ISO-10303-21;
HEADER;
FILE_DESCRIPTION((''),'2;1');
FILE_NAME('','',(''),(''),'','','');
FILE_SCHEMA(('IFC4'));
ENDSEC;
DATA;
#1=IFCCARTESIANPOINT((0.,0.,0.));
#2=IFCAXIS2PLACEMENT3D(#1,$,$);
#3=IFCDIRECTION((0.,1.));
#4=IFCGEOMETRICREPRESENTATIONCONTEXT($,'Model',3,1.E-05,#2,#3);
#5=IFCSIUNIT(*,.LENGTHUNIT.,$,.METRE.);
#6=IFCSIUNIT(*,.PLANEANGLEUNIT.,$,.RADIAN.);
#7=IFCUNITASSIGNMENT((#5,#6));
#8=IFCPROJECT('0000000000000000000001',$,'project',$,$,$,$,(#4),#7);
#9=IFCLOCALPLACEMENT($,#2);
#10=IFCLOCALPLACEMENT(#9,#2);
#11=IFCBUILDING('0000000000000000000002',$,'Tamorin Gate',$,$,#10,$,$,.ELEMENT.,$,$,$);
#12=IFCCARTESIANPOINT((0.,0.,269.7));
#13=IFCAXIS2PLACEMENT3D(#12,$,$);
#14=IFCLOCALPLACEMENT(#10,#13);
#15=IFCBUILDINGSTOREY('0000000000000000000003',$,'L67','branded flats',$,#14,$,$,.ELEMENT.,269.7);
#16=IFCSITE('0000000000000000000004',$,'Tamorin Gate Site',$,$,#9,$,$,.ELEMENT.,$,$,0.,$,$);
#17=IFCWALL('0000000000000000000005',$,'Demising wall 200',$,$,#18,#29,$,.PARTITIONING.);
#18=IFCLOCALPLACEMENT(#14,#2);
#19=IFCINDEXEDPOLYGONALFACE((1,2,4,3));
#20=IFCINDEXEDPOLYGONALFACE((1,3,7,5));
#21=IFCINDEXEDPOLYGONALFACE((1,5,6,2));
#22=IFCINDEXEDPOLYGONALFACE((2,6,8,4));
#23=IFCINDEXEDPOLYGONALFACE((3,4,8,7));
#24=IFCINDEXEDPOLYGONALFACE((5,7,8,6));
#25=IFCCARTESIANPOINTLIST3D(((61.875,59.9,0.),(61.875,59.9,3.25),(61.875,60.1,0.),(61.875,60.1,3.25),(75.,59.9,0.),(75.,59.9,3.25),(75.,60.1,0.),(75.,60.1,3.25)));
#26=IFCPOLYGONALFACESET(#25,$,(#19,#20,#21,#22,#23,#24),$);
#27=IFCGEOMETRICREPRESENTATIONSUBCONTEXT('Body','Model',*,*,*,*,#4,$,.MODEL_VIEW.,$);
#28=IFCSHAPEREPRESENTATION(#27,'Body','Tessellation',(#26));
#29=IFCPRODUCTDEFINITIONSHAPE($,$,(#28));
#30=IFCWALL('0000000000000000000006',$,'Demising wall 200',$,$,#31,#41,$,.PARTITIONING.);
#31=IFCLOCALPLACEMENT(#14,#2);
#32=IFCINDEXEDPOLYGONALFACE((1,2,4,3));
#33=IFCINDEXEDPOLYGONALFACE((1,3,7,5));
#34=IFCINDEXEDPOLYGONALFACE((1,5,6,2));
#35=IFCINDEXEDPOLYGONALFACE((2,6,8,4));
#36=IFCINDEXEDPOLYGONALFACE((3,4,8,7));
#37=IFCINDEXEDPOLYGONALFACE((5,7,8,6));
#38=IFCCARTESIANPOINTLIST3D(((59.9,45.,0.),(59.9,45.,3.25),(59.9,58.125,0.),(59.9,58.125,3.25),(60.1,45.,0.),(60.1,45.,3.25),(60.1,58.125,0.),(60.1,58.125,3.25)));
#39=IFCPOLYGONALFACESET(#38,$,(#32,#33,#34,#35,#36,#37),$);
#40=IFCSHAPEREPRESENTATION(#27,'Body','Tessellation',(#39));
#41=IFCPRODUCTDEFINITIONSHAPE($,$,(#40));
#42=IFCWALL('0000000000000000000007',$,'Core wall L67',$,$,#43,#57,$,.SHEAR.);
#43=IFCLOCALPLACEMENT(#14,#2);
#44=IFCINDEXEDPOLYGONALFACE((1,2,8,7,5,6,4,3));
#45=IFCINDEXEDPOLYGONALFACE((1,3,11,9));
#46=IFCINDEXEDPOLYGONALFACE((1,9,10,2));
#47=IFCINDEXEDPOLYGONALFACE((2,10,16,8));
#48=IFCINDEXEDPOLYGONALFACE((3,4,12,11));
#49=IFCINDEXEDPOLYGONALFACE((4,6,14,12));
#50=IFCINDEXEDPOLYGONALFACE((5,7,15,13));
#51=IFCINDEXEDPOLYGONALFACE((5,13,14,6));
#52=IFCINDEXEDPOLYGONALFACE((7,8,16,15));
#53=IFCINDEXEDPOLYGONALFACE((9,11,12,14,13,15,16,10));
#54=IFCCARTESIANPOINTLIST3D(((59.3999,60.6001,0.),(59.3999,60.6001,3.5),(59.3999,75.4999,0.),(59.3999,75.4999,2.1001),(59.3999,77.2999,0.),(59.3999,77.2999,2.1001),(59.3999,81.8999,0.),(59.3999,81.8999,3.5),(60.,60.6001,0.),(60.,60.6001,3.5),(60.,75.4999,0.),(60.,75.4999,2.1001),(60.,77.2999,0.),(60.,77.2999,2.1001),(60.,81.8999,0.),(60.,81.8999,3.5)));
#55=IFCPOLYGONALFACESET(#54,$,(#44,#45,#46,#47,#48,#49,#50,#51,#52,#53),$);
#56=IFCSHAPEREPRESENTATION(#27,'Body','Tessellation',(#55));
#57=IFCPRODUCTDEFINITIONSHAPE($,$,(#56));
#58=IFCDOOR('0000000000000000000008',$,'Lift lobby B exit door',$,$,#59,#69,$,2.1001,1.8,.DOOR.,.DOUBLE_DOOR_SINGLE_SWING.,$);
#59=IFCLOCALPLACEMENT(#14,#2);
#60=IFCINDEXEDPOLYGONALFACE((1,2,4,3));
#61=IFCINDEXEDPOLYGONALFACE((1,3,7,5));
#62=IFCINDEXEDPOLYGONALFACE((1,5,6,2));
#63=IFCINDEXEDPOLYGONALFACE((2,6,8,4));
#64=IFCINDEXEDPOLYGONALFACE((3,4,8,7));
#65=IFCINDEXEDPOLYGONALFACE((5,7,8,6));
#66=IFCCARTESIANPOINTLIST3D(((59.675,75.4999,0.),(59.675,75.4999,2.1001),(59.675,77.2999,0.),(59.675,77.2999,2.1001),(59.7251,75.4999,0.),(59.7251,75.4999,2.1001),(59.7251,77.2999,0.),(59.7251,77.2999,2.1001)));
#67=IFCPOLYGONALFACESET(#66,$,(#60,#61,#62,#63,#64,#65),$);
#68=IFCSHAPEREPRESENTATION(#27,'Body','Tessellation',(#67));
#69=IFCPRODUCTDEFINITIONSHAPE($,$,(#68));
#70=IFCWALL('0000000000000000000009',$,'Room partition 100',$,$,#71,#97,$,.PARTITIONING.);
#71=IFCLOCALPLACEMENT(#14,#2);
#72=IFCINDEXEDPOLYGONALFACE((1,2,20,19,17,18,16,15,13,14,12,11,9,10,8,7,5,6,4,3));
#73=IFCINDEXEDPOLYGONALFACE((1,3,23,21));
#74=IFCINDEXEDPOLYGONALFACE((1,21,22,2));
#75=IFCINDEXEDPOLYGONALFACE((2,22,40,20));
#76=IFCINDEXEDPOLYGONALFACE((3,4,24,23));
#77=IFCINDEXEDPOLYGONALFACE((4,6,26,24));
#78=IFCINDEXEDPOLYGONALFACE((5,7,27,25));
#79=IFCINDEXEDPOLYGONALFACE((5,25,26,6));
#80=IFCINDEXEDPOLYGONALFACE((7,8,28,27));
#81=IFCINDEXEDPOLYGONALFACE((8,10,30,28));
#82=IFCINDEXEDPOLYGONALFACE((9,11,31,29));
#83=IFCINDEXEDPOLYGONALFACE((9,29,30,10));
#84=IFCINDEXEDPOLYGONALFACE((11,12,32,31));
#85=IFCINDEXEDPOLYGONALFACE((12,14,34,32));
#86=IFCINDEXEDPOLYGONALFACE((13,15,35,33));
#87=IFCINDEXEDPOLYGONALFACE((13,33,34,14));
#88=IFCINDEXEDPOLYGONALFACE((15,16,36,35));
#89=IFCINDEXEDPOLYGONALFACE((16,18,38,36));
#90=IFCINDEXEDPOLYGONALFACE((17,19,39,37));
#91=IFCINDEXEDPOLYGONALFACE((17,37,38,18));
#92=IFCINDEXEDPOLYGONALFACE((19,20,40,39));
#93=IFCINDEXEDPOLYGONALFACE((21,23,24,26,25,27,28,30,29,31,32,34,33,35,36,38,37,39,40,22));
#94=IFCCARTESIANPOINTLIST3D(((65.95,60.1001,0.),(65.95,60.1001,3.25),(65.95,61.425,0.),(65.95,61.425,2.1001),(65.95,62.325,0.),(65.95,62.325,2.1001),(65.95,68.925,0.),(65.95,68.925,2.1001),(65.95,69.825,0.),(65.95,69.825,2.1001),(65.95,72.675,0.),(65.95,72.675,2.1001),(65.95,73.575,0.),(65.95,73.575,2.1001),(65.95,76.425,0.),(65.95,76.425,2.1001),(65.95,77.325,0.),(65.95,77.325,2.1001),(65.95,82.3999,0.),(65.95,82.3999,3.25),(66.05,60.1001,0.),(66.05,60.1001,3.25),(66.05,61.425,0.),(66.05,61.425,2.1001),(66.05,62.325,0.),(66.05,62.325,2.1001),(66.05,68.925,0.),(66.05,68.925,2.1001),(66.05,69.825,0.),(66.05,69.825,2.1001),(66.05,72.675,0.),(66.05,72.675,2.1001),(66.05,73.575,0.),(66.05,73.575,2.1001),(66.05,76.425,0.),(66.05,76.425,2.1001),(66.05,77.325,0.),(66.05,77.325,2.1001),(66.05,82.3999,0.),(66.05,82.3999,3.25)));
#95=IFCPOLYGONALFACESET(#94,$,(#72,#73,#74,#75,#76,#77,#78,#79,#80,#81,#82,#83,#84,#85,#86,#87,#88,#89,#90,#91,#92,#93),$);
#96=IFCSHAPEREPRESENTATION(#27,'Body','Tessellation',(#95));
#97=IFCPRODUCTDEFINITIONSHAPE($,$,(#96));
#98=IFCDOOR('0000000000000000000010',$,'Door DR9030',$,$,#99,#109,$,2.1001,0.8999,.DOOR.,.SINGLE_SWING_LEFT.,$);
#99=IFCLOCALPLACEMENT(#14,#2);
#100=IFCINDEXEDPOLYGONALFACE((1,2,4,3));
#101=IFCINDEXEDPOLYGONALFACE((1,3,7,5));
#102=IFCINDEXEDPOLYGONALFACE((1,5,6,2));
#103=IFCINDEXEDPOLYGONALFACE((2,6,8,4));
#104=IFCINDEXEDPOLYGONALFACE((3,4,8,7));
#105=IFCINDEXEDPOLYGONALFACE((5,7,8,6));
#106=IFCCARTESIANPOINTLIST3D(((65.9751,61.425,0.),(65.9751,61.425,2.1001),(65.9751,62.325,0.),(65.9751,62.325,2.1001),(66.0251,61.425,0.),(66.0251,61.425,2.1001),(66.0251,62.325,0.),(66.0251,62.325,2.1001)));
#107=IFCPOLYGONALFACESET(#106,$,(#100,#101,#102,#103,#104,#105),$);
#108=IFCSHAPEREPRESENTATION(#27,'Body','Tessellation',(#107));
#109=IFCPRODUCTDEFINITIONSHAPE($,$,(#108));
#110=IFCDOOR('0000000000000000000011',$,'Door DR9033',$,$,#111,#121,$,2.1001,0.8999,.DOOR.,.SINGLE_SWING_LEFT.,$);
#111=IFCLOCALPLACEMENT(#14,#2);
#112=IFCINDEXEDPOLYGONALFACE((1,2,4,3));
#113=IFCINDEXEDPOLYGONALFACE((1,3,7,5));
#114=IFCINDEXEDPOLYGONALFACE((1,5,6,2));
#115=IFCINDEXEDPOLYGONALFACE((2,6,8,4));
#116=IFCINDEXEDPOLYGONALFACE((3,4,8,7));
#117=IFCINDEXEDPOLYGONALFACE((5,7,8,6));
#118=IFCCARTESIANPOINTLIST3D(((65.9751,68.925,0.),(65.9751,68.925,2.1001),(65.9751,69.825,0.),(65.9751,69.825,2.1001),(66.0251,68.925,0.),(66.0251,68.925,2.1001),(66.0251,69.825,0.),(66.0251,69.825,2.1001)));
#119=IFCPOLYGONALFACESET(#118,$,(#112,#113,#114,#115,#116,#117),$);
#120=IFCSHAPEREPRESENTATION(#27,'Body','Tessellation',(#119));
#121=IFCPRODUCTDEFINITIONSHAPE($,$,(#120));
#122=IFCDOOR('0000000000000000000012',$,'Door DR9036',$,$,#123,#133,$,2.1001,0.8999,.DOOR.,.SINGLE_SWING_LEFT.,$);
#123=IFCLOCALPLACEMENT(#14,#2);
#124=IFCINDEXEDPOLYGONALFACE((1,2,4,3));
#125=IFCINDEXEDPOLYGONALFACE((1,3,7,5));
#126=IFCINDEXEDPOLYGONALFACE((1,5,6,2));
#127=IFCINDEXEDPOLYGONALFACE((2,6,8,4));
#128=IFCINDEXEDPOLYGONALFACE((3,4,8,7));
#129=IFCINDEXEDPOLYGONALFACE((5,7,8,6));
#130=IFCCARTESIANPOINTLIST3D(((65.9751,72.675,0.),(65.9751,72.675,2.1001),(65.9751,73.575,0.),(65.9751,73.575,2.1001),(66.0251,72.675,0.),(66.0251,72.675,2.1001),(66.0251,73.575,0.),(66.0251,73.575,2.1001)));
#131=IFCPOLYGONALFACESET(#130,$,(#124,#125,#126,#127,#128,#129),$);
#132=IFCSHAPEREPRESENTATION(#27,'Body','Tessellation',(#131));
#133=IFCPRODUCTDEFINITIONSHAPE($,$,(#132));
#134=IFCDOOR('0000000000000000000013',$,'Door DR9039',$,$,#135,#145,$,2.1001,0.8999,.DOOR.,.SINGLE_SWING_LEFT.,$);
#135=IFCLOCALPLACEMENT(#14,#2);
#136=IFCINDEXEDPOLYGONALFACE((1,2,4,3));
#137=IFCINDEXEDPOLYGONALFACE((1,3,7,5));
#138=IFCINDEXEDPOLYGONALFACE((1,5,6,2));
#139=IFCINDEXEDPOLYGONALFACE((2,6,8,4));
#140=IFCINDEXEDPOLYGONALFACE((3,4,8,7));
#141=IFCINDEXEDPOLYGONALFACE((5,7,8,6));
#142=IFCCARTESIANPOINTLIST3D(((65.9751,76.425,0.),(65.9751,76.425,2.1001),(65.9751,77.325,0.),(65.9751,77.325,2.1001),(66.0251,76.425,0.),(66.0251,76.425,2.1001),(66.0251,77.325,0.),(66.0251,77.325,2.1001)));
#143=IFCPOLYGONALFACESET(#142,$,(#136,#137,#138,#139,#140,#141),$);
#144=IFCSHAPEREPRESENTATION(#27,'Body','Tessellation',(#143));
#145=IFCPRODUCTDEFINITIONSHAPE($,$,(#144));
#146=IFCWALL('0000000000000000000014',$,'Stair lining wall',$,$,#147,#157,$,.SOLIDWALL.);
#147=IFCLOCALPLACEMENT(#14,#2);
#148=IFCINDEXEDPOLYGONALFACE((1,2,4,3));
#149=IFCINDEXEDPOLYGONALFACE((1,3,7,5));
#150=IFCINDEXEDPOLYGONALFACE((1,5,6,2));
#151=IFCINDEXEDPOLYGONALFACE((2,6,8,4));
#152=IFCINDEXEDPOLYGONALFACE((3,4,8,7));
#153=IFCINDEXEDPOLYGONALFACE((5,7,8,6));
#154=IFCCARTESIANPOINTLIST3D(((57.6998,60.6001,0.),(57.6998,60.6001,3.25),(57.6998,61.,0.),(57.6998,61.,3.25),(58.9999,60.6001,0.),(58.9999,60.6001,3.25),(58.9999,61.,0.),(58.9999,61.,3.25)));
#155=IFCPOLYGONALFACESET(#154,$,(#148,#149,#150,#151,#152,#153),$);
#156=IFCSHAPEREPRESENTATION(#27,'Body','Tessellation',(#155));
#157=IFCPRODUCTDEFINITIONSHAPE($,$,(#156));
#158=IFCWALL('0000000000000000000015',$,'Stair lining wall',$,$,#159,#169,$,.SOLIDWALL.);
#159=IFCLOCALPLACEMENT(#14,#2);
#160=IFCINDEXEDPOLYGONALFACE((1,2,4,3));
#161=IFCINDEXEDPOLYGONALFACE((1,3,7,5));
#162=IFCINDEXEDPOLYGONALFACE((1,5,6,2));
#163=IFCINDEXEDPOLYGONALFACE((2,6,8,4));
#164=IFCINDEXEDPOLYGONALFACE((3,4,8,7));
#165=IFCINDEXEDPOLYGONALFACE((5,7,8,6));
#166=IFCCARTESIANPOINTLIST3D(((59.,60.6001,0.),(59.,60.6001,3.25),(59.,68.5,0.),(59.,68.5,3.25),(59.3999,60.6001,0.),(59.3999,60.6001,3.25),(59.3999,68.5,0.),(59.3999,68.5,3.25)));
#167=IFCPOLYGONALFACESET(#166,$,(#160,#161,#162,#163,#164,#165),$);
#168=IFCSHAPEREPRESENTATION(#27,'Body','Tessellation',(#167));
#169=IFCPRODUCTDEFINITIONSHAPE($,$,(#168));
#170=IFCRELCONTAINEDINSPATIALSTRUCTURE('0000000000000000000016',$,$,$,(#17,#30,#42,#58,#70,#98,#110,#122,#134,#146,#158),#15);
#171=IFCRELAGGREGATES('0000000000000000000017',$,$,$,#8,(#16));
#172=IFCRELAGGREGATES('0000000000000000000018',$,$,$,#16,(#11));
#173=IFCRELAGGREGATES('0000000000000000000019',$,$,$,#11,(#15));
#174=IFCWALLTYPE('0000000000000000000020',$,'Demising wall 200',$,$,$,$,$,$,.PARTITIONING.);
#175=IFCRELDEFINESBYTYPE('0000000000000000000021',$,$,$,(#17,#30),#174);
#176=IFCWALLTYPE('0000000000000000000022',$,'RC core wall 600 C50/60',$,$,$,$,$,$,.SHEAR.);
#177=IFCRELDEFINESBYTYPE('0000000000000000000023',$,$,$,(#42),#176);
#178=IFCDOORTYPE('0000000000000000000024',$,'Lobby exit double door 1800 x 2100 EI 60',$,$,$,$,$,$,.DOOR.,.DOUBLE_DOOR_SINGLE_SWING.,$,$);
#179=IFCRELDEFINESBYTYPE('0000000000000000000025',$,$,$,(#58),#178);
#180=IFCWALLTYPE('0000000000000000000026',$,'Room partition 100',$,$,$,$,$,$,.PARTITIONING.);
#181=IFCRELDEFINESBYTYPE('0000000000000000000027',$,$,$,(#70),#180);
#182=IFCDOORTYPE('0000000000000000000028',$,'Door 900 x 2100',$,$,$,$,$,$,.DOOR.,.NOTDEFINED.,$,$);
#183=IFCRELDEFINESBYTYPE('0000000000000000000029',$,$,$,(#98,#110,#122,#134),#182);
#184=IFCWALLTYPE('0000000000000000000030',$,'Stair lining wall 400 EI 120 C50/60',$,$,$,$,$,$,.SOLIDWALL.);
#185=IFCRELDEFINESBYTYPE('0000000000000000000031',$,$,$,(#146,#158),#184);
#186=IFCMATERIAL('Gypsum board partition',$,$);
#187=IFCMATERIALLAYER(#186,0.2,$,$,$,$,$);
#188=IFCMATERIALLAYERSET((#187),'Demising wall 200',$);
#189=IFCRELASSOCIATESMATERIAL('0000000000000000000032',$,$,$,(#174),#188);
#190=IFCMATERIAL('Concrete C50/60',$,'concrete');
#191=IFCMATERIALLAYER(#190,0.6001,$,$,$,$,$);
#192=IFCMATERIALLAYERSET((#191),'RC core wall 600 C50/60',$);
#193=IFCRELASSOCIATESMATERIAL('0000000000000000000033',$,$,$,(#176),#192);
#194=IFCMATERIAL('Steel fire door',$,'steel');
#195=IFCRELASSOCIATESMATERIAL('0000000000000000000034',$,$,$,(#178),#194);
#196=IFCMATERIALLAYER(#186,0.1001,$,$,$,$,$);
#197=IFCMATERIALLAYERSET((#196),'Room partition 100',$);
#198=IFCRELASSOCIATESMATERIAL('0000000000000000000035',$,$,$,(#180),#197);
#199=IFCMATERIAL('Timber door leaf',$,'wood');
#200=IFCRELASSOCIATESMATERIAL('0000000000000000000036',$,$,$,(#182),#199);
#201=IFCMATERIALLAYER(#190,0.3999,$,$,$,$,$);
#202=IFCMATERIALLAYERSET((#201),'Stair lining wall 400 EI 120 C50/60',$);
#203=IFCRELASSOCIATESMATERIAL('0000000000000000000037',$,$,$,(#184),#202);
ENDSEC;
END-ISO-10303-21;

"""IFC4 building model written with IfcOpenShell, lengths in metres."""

from ifc_helpers import new_model, si_unit, direction, frame, frame_2d, origin, place, context, subcontext, project, spatial, rectangle, extrude, material, layer, layer_set, type_object, element, fill, save


model = new_model("IFC4")

# Units and contexts
model_context = context("Model", 3, precision=1e-05, world=origin(), true_north=direction((0.0, 1.0)))
body_context = subcontext(model_context, "Body", "Model", "MODEL_VIEW")
ifc_project = project(units=[si_unit("LENGTHUNIT", "METRE"), si_unit("PLANEANGLEUNIT", "RADIAN")], contexts=[model_context])

# Site, building, storey
site_placement = place(None, origin())
site = spatial("IfcSite", under=ifc_project, at=site_placement, Name="Tamorin Gate Site", CompositionType="ELEMENT", RefElevation=0.0)
building_placement = place(site_placement, origin())
building = spatial("IfcBuilding", under=site, at=building_placement, Name="Tamorin Gate", CompositionType="ELEMENT")
storey_placement = place(building_placement, frame((0.0, 0.0, 269.7)))
storey = spatial("IfcBuildingStorey", under=building, at=storey_placement, Name="L67", Description="branded flats", CompositionType="ELEMENT", Elevation=269.7)

# Shared definitions
ifc_material_1 = material(Name="Concrete C50/60", Category="concrete")

# Shared definitions
ifc_material_2 = material(Name="Gypsum board partition")
ifc_material_3 = material(Name="Timber door leaf", Category="wood")

# Walls
ifc_layer_1 = layer(ifc_material_2, 0.2)
ifc_layer_set_1 = layer_set([ifc_layer_1], Name="Demising wall 200")
wall_type_1 = type_object("IfcWallType", Name="Demising wall 200", PredefinedType="PARTITIONING", material=ifc_layer_set_1)
for number, where, z_axis, x_axis, name in (
    (1, (61.875, 60.0, 0.0), (0.0, 0.0, 1.0), (1.0, 0.0, 0.0), "Demising wall 200"),
    (2, (60.0, 45.0, 0.0), (0.0, 0.0, 1.0), (0.0, 1.0, 0.0), "Demising wall 200"),
):
    element("IfcWall", number, at=place(storey_placement, frame(where, z_axis=z_axis, x_axis=x_axis)), inside=storey, type_object=wall_type_1, Name=name, PredefinedType="PARTITIONING", context=body_context, shape_type="SweptSolid", body=[
        extrude(rectangle(XDim=13.125, YDim=0.2, at=frame_2d((6.5625, 0.0))), origin(), (0.0, 0.0, 1.0), 3.25),
    ])

# Wall, opening, door
ifc_layer_2 = layer(ifc_material_1, 0.6001)
ifc_layer_set_2 = layer_set([ifc_layer_2], Name="RC core wall 600 C50/60")
wall_type_2 = type_object("IfcWallType", Name="RC core wall 600 C50/60", PredefinedType="SHEAR", material=ifc_layer_set_2)
wall_1_placement = place(storey_placement, frame((59.7, 60.6001, 0.0), z_axis=(0.0, 0.0, 1.0), x_axis=(0.0, 1.0, 0.0)))
wall_1 = element("IfcWall", 3, at=wall_1_placement, inside=storey, type_object=wall_type_2, Name="Core wall L67", PredefinedType="SHEAR", context=body_context, shape_type="SweptSolid", body=[
    extrude(rectangle(XDim=21.2998, YDim=0.6001, at=frame_2d((10.6499, 0.0))), origin(), (0.0, 0.0, 1.0), 3.5),
])
opening_1_placement = place(wall_1_placement, frame((14.8999, 0.0, 0.0)))
opening_1 = element("IfcOpeningElement", 4, at=opening_1_placement, cuts=wall_1, PredefinedType="OPENING", context=body_context, shape_type="SweptSolid", body=[
    extrude(rectangle(XDim=1.8, YDim=2.1001, at=frame_2d((0.8999, 1.05))), frame((0.0, 0.3101, 0.0), z_axis=(0.0, -1.0, 0.0), x_axis=(1.0, 0.0, 0.0)), (0.0, 0.0, 1.0), 0.6201),
])
ifc_material_4 = material(Name="Steel fire door", Category="steel")
door_type_1 = type_object("IfcDoorType", Name="Lobby exit double door 1800 x 2100 EI 60", OperationType="DOUBLE_DOOR_SINGLE_SWING", PredefinedType="DOOR", material=ifc_material_4)
door_1_placement = place(opening_1_placement, origin())
door_1 = element("IfcDoor", 5, at=door_1_placement, inside=storey, type_object=door_type_1, Name="Lift lobby B exit door", OperationType="DOUBLE_DOOR_SINGLE_SWING", OverallHeight=2.1001, OverallWidth=1.8, PredefinedType="DOOR", context=body_context, shape_type="SweptSolid", body=[
    extrude(rectangle(XDim=1.8, YDim=2.1001, at=frame_2d((0.8999, 1.05))), frame((0.0, 0.0249, 0.0), z_axis=(0.0, -1.0, 0.0), x_axis=(1.0, 0.0, 0.0)), (0.0, 0.0, 1.0), 0.05),
])
fill(opening_1, door_1)

# Wall, openings, doors
ifc_layer_3 = layer(ifc_material_2, 0.1001)
ifc_layer_set_3 = layer_set([ifc_layer_3], Name="Room partition 100")
wall_type_3 = type_object("IfcWallType", Name="Room partition 100", PredefinedType="PARTITIONING", material=ifc_layer_set_3)
wall_2_placement = place(storey_placement, frame((66.0, 60.1001, 0.0), z_axis=(0.0, 0.0, 1.0), x_axis=(0.0, 1.0, 0.0)))
wall_2 = element("IfcWall", 6, at=wall_2_placement, inside=storey, type_object=wall_type_3, Name="Room partition 100", PredefinedType="PARTITIONING", context=body_context, shape_type="SweptSolid", body=[
    extrude(rectangle(XDim=22.2998, YDim=0.1001, at=frame_2d((11.1499, 0.0))), origin(), (0.0, 0.0, 1.0), 3.25),
])
opening_2_placement = place(wall_2_placement, frame((1.325, 0.0, 0.0)))
opening_2 = element("IfcOpeningElement", 7, at=opening_2_placement, cuts=wall_2, PredefinedType="OPENING", context=body_context, shape_type="SweptSolid", body=[
    extrude(rectangle(XDim=0.8999, YDim=2.1001, at=frame_2d((0.45, 1.05))), frame((0.0, 0.0601, 0.0), z_axis=(0.0, -1.0, 0.0), x_axis=(1.0, 0.0, 0.0)), (0.0, 0.0, 1.0), 0.1201),
])
opening_3_placement = place(wall_2_placement, frame((8.825, 0.0, 0.0)))
opening_3 = element("IfcOpeningElement", 8, at=opening_3_placement, cuts=wall_2, PredefinedType="OPENING", context=body_context, shape_type="SweptSolid", body=[
    extrude(rectangle(XDim=0.8999, YDim=2.1001, at=frame_2d((0.45, 1.05))), frame((0.0, 0.0601, 0.0), z_axis=(0.0, -1.0, 0.0), x_axis=(1.0, 0.0, 0.0)), (0.0, 0.0, 1.0), 0.1201),
])
opening_4_placement = place(wall_2_placement, frame((12.575, 0.0, 0.0)))
opening_4 = element("IfcOpeningElement", 9, at=opening_4_placement, cuts=wall_2, PredefinedType="OPENING", context=body_context, shape_type="SweptSolid", body=[
    extrude(rectangle(XDim=0.8999, YDim=2.1001, at=frame_2d((0.45, 1.05))), frame((0.0, 0.0601, 0.0), z_axis=(0.0, -1.0, 0.0), x_axis=(1.0, 0.0, 0.0)), (0.0, 0.0, 1.0), 0.1201),
])
opening_5_placement = place(wall_2_placement, frame((16.325, 0.0, 0.0)))
opening_5 = element("IfcOpeningElement", 10, at=opening_5_placement, cuts=wall_2, PredefinedType="OPENING", context=body_context, shape_type="SweptSolid", body=[
    extrude(rectangle(XDim=0.8999, YDim=2.1001, at=frame_2d((0.45, 1.05))), frame((0.0, 0.0601, 0.0), z_axis=(0.0, -1.0, 0.0), x_axis=(1.0, 0.0, 0.0)), (0.0, 0.0, 1.0), 0.1201),
])
door_type_2 = type_object("IfcDoorType", Name="Door 900 x 2100", OperationType="NOTDEFINED", PredefinedType="DOOR", material=ifc_material_3)
door_2_placement = place(opening_2_placement, origin())
door_2 = element("IfcDoor", 11, at=door_2_placement, inside=storey, type_object=door_type_2, Name="Door DR9030", OperationType="SINGLE_SWING_LEFT", OverallHeight=2.1001, OverallWidth=0.8999, PredefinedType="DOOR", context=body_context, shape_type="SweptSolid", body=[
    extrude(rectangle(XDim=0.8999, YDim=2.1001, at=frame_2d((0.45, 1.05))), frame((0.0, 0.0249, 0.0), z_axis=(0.0, -1.0, 0.0), x_axis=(1.0, 0.0, 0.0)), (0.0, 0.0, 1.0), 0.05),
])
fill(opening_2, door_2)
door_3_placement = place(opening_3_placement, origin())
door_3 = element("IfcDoor", 12, at=door_3_placement, inside=storey, type_object=door_type_2, Name="Door DR9033", OperationType="SINGLE_SWING_LEFT", OverallHeight=2.1001, OverallWidth=0.8999, PredefinedType="DOOR", context=body_context, shape_type="SweptSolid", body=[
    extrude(rectangle(XDim=0.8999, YDim=2.1001, at=frame_2d((0.45, 1.05))), frame((0.0, 0.0249, 0.0), z_axis=(0.0, -1.0, 0.0), x_axis=(1.0, 0.0, 0.0)), (0.0, 0.0, 1.0), 0.05),
])
fill(opening_3, door_3)
door_4_placement = place(opening_4_placement, origin())
door_4 = element("IfcDoor", 13, at=door_4_placement, inside=storey, type_object=door_type_2, Name="Door DR9036", OperationType="SINGLE_SWING_LEFT", OverallHeight=2.1001, OverallWidth=0.8999, PredefinedType="DOOR", context=body_context, shape_type="SweptSolid", body=[
    extrude(rectangle(XDim=0.8999, YDim=2.1001, at=frame_2d((0.45, 1.05))), frame((0.0, 0.0249, 0.0), z_axis=(0.0, -1.0, 0.0), x_axis=(1.0, 0.0, 0.0)), (0.0, 0.0, 1.0), 0.05),
])
fill(opening_4, door_4)
door_5_placement = place(opening_5_placement, origin())
door_5 = element("IfcDoor", 14, at=door_5_placement, inside=storey, type_object=door_type_2, Name="Door DR9039", OperationType="SINGLE_SWING_LEFT", OverallHeight=2.1001, OverallWidth=0.8999, PredefinedType="DOOR", context=body_context, shape_type="SweptSolid", body=[
    extrude(rectangle(XDim=0.8999, YDim=2.1001, at=frame_2d((0.45, 1.05))), frame((0.0, 0.0249, 0.0), z_axis=(0.0, -1.0, 0.0), x_axis=(1.0, 0.0, 0.0)), (0.0, 0.0, 1.0), 0.05),
])
fill(opening_5, door_5)

# Walls
ifc_layer_4 = layer(ifc_material_1, 0.3999)
ifc_layer_set_4 = layer_set([ifc_layer_4], Name="Stair lining wall 400 EI 120 C50/60")
wall_type_4 = type_object("IfcWallType", Name="Stair lining wall 400 EI 120 C50/60", PredefinedType="SOLIDWALL", material=ifc_layer_set_4)
wall_3_placement = place(storey_placement, frame((57.7, 60.8, 0.0), z_axis=(0.0, 0.0, 1.0), x_axis=(1.0, 0.0, 0.0)))
element("IfcWall", 15, at=wall_3_placement, inside=storey, type_object=wall_type_4, Name="Stair lining wall", PredefinedType="SOLIDWALL", context=body_context, shape_type="SweptSolid", body=[
    extrude(rectangle(XDim=1.3, YDim=0.3999, at=frame_2d((0.6499, 0.0))), origin(), (0.0, 0.0, 1.0), 3.25),
])
wall_4_placement = place(storey_placement, frame((59.2, 60.6001, 0.0), z_axis=(0.0, 0.0, 1.0), x_axis=(0.0, 1.0, 0.0)))
element("IfcWall", 16, at=wall_4_placement, inside=storey, type_object=wall_type_4, Name="Stair lining wall", PredefinedType="SOLIDWALL", context=body_context, shape_type="SweptSolid", body=[
    extrude(rectangle(XDim=7.8999, YDim=0.3999, at=frame_2d((3.95, 0.0))), origin(), (0.0, 0.0, 1.0), 3.25),
])

save(model, "model.ifc")
